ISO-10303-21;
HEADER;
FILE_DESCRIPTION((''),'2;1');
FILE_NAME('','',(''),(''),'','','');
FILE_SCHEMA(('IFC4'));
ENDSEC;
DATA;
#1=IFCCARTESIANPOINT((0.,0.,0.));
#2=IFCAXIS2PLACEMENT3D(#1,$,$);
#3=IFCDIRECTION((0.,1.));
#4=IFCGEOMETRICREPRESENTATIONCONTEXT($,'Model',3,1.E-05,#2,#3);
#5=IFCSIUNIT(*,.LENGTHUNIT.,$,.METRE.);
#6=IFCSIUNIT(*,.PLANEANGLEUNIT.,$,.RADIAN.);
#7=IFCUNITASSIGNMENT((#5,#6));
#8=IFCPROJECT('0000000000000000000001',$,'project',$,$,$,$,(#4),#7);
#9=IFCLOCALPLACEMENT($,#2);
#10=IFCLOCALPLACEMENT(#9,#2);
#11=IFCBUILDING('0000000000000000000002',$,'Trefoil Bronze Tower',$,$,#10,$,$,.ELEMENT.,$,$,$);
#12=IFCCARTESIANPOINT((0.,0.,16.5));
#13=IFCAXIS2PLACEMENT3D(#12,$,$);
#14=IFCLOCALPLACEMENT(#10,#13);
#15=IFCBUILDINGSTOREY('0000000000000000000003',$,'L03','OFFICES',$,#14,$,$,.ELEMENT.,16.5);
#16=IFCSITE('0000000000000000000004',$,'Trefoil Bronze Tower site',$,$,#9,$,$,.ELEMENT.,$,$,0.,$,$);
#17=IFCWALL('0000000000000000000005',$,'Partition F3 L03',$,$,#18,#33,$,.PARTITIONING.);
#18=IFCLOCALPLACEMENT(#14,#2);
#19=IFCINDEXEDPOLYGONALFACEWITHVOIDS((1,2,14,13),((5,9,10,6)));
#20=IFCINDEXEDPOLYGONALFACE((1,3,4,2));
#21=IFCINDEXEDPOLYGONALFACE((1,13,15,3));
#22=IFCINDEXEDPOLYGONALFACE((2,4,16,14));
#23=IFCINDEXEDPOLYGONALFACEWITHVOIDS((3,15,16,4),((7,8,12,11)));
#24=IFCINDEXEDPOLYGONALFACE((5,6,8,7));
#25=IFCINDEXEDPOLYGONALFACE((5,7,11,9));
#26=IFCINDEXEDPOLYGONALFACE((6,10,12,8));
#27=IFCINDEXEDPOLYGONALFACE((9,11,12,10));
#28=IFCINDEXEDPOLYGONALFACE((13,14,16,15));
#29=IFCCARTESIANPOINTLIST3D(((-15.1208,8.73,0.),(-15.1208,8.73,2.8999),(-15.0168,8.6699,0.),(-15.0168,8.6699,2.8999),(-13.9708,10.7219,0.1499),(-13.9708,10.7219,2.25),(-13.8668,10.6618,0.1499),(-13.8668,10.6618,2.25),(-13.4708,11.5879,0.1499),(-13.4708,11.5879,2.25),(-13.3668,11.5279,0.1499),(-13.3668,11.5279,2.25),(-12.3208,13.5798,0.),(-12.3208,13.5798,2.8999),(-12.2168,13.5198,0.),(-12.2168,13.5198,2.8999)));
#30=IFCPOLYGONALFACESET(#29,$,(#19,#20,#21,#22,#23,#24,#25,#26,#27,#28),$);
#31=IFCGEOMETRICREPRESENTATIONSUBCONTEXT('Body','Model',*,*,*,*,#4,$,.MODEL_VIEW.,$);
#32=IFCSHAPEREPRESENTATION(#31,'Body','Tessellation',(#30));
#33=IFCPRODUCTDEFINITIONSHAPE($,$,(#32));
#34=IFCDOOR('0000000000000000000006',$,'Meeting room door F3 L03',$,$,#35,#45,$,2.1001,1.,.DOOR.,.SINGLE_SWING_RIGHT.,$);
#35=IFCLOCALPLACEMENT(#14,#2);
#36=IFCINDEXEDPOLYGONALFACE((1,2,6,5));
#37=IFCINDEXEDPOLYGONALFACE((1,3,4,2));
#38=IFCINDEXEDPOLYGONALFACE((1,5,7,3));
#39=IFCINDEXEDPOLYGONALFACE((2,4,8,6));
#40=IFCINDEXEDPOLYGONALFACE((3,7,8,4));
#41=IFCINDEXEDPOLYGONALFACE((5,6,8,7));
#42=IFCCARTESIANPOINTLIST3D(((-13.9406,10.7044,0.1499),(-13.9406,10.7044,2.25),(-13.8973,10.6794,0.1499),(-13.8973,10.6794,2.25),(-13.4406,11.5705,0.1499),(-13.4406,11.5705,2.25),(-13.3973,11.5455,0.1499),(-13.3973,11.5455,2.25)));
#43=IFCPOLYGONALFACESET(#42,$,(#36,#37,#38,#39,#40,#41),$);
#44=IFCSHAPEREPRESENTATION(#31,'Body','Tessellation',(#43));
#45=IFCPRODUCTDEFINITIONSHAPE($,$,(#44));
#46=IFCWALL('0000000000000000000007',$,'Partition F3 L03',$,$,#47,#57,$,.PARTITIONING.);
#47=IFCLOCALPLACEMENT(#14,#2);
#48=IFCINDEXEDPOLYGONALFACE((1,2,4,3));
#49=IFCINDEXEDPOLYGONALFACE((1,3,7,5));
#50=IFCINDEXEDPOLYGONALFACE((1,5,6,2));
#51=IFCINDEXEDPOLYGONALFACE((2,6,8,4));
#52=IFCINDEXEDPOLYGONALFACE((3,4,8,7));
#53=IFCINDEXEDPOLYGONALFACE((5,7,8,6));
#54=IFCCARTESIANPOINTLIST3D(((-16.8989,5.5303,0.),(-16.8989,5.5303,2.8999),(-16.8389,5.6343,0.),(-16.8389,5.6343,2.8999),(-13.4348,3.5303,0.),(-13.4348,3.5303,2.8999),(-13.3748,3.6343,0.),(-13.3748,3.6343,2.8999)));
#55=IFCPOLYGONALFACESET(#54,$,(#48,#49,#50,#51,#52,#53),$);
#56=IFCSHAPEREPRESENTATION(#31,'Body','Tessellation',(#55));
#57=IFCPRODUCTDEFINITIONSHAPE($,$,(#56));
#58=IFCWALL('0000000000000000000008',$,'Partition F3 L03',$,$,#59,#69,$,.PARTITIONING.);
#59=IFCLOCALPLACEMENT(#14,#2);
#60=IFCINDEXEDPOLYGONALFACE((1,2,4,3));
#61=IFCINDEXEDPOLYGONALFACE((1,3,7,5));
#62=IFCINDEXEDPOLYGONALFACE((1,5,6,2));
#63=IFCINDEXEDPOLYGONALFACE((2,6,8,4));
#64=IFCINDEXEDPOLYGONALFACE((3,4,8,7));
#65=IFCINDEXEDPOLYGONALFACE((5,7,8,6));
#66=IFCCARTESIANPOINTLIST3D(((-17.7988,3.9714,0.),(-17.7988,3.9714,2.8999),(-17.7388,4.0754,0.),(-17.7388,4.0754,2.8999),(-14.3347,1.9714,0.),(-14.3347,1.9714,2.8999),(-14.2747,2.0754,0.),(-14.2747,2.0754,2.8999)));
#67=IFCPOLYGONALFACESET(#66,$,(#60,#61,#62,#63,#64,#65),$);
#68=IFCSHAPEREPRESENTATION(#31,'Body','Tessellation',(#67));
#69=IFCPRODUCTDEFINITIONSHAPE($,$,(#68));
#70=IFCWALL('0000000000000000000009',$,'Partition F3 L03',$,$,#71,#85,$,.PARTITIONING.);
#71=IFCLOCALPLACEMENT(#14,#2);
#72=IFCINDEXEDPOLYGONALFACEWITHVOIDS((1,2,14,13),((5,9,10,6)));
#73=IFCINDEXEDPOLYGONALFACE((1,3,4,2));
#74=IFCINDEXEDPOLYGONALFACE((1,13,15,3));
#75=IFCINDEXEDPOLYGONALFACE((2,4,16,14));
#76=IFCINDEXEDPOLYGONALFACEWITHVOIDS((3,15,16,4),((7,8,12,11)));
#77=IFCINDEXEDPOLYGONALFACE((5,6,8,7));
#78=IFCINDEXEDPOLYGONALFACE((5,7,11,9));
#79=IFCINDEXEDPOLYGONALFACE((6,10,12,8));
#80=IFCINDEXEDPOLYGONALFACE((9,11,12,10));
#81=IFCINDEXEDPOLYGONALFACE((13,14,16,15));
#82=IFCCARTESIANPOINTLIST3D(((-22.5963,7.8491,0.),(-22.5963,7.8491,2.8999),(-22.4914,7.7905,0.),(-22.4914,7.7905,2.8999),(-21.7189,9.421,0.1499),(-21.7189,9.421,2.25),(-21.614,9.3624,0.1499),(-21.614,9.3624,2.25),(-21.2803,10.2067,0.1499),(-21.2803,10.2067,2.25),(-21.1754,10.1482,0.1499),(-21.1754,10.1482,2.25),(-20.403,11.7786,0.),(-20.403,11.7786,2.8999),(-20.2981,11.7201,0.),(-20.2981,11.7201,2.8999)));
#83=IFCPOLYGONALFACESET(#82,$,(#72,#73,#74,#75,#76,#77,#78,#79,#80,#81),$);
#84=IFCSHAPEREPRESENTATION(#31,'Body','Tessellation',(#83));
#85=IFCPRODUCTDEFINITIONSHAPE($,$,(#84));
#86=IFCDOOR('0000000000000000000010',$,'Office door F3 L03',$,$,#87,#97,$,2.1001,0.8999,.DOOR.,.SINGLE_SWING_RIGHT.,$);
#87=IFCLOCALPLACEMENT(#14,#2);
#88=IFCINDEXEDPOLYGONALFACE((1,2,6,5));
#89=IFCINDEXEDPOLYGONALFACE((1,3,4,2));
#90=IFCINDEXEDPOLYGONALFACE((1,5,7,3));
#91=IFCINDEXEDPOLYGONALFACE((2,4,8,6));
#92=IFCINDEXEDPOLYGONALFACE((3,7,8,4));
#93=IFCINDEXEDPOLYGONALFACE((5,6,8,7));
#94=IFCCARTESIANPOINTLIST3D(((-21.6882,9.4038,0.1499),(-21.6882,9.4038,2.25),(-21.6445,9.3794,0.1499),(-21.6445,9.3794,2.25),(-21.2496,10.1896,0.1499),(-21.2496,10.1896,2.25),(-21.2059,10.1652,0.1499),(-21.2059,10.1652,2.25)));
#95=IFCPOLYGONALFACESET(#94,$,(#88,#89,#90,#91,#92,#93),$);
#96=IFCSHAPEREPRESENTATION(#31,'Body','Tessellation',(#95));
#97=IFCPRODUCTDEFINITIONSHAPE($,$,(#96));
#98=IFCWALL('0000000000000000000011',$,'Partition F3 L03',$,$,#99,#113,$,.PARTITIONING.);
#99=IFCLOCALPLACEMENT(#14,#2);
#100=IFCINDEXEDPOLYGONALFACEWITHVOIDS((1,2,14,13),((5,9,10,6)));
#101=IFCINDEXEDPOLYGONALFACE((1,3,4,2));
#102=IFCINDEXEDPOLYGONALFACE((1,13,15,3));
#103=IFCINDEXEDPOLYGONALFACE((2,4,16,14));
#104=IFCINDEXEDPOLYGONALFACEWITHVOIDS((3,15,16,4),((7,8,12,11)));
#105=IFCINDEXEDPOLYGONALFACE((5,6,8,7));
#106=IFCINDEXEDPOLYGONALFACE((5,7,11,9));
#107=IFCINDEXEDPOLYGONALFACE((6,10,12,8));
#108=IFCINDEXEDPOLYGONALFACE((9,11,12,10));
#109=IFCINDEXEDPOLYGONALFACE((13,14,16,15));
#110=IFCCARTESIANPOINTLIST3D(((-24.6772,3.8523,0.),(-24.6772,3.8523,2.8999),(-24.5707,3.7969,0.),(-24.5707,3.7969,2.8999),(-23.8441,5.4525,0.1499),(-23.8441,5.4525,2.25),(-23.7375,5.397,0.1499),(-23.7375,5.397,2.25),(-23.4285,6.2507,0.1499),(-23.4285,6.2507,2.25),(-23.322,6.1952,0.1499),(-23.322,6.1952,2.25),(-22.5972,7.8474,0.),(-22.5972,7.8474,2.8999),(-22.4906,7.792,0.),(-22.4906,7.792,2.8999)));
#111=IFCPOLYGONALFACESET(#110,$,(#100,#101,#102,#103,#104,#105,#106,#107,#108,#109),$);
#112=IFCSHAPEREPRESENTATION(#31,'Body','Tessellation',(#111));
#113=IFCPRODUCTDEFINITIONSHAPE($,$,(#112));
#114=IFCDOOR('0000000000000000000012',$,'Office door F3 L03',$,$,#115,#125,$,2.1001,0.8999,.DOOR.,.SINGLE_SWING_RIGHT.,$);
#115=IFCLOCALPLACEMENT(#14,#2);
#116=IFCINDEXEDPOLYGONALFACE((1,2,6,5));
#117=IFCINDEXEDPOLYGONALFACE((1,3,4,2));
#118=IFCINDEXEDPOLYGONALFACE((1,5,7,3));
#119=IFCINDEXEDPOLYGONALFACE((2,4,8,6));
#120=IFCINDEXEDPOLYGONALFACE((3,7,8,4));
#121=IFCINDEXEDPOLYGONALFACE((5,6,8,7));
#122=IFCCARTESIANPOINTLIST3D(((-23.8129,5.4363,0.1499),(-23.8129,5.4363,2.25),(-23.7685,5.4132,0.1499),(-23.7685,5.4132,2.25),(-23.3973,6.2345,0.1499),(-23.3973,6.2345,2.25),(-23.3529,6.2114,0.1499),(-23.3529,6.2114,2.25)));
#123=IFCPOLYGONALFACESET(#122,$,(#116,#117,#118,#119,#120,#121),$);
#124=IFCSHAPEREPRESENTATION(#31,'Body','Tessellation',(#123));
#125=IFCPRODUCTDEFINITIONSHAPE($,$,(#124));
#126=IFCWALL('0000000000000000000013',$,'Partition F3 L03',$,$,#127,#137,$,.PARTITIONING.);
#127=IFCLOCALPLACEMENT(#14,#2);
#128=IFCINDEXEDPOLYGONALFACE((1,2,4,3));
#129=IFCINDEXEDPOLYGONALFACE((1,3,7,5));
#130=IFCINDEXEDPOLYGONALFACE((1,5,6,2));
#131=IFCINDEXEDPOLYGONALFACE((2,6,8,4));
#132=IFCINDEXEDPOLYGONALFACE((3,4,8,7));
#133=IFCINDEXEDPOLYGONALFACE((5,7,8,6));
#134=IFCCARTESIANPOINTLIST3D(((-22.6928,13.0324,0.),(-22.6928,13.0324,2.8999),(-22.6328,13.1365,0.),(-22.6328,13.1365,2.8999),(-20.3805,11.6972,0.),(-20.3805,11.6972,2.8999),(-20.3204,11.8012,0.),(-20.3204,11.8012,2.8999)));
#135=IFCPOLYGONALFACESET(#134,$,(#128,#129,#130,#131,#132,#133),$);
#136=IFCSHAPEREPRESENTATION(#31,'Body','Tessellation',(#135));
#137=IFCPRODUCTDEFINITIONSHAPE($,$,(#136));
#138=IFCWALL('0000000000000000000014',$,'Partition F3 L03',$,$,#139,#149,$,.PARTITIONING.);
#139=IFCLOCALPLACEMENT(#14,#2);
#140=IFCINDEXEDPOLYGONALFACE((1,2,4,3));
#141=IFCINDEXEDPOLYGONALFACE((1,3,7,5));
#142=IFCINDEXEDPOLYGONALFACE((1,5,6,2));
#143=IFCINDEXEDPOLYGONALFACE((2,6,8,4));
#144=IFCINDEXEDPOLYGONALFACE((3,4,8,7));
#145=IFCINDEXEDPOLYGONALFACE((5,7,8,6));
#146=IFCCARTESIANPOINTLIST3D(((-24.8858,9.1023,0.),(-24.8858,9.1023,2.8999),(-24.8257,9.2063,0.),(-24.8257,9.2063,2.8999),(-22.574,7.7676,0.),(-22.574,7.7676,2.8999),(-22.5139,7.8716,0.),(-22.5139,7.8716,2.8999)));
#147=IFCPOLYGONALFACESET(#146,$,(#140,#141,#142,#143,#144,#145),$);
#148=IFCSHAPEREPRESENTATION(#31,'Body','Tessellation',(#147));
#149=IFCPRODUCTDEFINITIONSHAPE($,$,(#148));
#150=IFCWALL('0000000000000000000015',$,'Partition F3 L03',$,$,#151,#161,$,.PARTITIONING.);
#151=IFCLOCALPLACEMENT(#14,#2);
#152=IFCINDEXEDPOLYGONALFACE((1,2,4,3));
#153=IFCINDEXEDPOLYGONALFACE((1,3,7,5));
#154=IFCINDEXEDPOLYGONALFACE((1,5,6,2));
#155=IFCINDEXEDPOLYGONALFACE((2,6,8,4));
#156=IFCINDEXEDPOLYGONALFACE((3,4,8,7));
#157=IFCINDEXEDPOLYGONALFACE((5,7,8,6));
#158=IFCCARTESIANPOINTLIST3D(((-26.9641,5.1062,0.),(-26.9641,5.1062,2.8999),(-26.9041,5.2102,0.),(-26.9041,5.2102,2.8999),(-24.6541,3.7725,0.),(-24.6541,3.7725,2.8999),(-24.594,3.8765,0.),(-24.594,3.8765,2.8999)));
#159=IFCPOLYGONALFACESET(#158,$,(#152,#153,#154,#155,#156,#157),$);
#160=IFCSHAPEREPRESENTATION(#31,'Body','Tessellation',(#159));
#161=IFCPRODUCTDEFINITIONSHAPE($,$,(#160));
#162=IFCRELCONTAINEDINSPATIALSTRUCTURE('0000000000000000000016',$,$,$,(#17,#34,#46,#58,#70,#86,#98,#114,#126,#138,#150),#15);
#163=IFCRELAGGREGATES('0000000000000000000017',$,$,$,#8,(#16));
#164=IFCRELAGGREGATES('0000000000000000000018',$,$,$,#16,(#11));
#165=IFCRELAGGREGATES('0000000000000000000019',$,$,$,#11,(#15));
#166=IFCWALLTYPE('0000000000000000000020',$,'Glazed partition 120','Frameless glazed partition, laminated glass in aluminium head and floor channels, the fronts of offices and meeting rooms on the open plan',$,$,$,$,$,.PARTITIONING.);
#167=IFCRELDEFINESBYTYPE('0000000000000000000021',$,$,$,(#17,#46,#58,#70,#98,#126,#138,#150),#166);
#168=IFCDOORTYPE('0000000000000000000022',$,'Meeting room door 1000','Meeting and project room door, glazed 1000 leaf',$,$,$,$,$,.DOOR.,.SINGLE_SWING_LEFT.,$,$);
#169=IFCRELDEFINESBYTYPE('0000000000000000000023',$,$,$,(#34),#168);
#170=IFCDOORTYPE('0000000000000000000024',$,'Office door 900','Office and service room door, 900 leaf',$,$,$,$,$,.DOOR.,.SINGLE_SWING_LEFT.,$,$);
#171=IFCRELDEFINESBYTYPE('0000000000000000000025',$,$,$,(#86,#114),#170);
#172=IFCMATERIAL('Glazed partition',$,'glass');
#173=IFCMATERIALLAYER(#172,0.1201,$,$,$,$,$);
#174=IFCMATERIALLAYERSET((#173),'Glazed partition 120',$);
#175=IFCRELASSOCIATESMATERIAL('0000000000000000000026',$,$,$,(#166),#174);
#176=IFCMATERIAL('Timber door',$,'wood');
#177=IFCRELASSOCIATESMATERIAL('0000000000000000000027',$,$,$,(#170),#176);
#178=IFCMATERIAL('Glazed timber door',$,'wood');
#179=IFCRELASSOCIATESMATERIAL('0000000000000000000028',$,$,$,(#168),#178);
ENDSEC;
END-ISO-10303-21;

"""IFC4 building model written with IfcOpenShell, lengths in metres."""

from ifc_helpers import new_model, si_unit, direction, frame, frame_2d, origin, place, context, subcontext, project, spatial, rectangle, extrude, material, layer, layer_set, type_object, element, fill, save


model = new_model("IFC4")

# Units and contexts
model_context = context("Model", 3, precision=1e-05, world=origin(), true_north=direction((0.0, 1.0)))
body_context = subcontext(model_context, "Body", "Model", "MODEL_VIEW")
ifc_project = project(units=[si_unit("LENGTHUNIT", "METRE"), si_unit("PLANEANGLEUNIT", "RADIAN")], contexts=[model_context])

# Site, building, storey
site_placement = place(None, origin())
site = spatial("IfcSite", under=ifc_project, at=site_placement, Name="Trefoil Bronze Tower site", CompositionType="ELEMENT", RefElevation=0.0)
building_placement = place(site_placement, origin())
building = spatial("IfcBuilding", under=site, at=building_placement, Name="Trefoil Bronze Tower", CompositionType="ELEMENT")
storey_placement = place(building_placement, frame((0.0, 0.0, 16.5)))
storey = spatial("IfcBuildingStorey", under=building, at=storey_placement, Name="L03", Description="OFFICES", CompositionType="ELEMENT", Elevation=16.5)

# Wall, opening, door
ifc_material_1 = material(Name="Glazed partition", Category="glass")
ifc_layer_1 = layer(ifc_material_1, 0.1201)
ifc_layer_set_1 = layer_set([ifc_layer_1], Name="Glazed partition 120")
wall_type = type_object("IfcWallType", Name="Glazed partition 120", Description="Frameless glazed partition, laminated glass in aluminium head and floor channels, the fronts of offices and meeting rooms on the open plan", PredefinedType="PARTITIONING", material=ifc_layer_set_1)
ifc_material_2 = material(Name="Timber door", Category="wood")
door_type_1 = type_object("IfcDoorType", Name="Office door 900", Description="Office and service room door, 900 leaf", OperationType="SINGLE_SWING_LEFT", PredefinedType="DOOR", material=ifc_material_2)
ifc_material_3 = material(Name="Glazed timber door", Category="wood")
door_type_2 = type_object("IfcDoorType", Name="Meeting room door 1000", Description="Meeting and project room door, glazed 1000 leaf", OperationType="SINGLE_SWING_LEFT", PredefinedType="DOOR", material=ifc_material_3)
wall_1_placement = place(storey_placement, frame((-12.2688, 13.5498, 0.0), z_axis=(0.0, 0.0, 1.0), x_axis=(-0.499998, -0.866027, 0.0)))
wall_1 = element("IfcWall", 1, at=wall_1_placement, inside=storey, type_object=wall_type, Name="Partition F3 L03", PredefinedType="PARTITIONING", context=body_context, shape_type="SweptSolid", body=[
    extrude(rectangle(XDim=5.6001, YDim=0.1201, at=frame_2d((2.8, 0.0))), origin(), (0.0, 0.0, 1.0), 2.8999),
])
opening_1_placement = place(wall_1_placement, frame((2.3, 0.0, 0.1499)))
opening_1 = element("IfcOpeningElement", 2, at=opening_1_placement, cuts=wall_1, PredefinedType="OPENING", context=body_context, shape_type="SweptSolid", body=[
    extrude(rectangle(XDim=1.0, YDim=2.1001, at=frame_2d((0.5, 1.05))), frame((0.0, 0.0701, 0.0), z_axis=(0.0, -1.0, 0.0), x_axis=(1.0, 0.0, 0.0)), (0.0, 0.0, 1.0), 0.1401),
])
door_1_placement = place(opening_1_placement, origin())
door_1 = element("IfcDoor", 3, at=door_1_placement, inside=storey, type_object=door_type_2, Name="Meeting room door F3 L03", OperationType="SINGLE_SWING_RIGHT", OverallHeight=2.1001, OverallWidth=1.0, PredefinedType="DOOR", context=body_context, shape_type="SweptSolid", body=[
    extrude(rectangle(XDim=1.0, YDim=2.1001, at=frame_2d((0.5, 1.05))), frame((0.0, 0.0249, 0.0), z_axis=(0.0, -1.0, 0.0), x_axis=(1.0, 0.0, 0.0)), (0.0, 0.0, 1.0), 0.05),
])
fill(opening_1, door_1)

# Walls
for number, where, z_axis, x_axis, name in (
    (4, (-13.4048, 3.5823, 0.0), (0.0, 0.0, 1.0), (-0.866026, 0.499999, 0.0), "Partition F3 L03"),
    (5, (-14.3047, 2.0234, 0.0), (0.0, 0.0, 1.0), (-0.866026, 0.499999, 0.0), "Partition F3 L03"),
):
    element("IfcWall", number, at=place(storey_placement, frame(where, z_axis=z_axis, x_axis=x_axis)), inside=storey, type_object=wall_type, Name=name, PredefinedType="PARTITIONING", context=body_context, shape_type="SweptSolid", body=[
        extrude(rectangle(XDim=4.0, YDim=0.1201, at=frame_2d((2.0, 0.0))), origin(), (0.0, 0.0, 1.0), 2.8999),
    ])

# Walls, openings, doors
wall_2_placement = place(storey_placement, frame((-20.3506, 11.7493, 0.0), z_axis=(0.0, 0.0, 1.0), x_axis=(-0.487374, -0.873193, 0.0)))
wall_2 = element("IfcWall", 6, at=wall_2_placement, inside=storey, type_object=wall_type, Name="Partition F3 L03", PredefinedType="PARTITIONING", context=body_context, shape_type="SweptSolid", body=[
    extrude(rectangle(XDim=4.5002, YDim=0.1201, at=frame_2d((2.25, 0.0))), origin(), (0.0, 0.0, 1.0), 2.8999),
])
opening_2_placement = place(wall_2_placement, frame((1.8, 0.0, 0.1499)))
opening_2 = element("IfcOpeningElement", 7, at=opening_2_placement, cuts=wall_2, PredefinedType="OPENING", context=body_context, shape_type="SweptSolid", body=[
    extrude(rectangle(XDim=0.8999, YDim=2.1001, at=frame_2d((0.45, 1.05))), frame((0.0, 0.0701, 0.0), z_axis=(0.0, -1.0, 0.0), x_axis=(1.0, 0.0, 0.0)), (0.0, 0.0, 1.0), 0.1401),
])
door_2_placement = place(opening_2_placement, frame((0.8999, 0.0, 0.0), z_axis=(0.0, 0.0, 1.0), x_axis=(-1.0, 0.0, 0.0)))
door_2 = element("IfcDoor", 8, at=door_2_placement, inside=storey, type_object=door_type_1, Name="Office door F3 L03", OperationType="SINGLE_SWING_RIGHT", OverallHeight=2.1001, OverallWidth=0.8999, PredefinedType="DOOR", context=body_context, shape_type="SweptSolid", body=[
    extrude(rectangle(XDim=0.8999, YDim=2.1001, at=frame_2d((0.45, 1.05))), frame((0.0, 0.0249, 0.0), z_axis=(0.0, -1.0, 0.0), x_axis=(1.0, 0.0, 0.0)), (0.0, 0.0, 1.0), 0.05),
])
fill(opening_2, door_2)
wall_3_placement = place(storey_placement, frame((-22.5439, 7.8196, 0.0), z_axis=(0.0, 0.0, 1.0), x_axis=(-0.46181, -0.886979, 0.0)))
wall_3 = element("IfcWall", 9, at=wall_3_placement, inside=storey, type_object=wall_type, Name="Partition F3 L03", PredefinedType="PARTITIONING", context=body_context, shape_type="SweptSolid", body=[
    extrude(rectangle(XDim=4.5042, YDim=0.1201, at=frame_2d((2.252, 0.0))), origin(), (0.0, 0.0, 1.0), 2.8999),
])
opening_3_placement = place(wall_3_placement, frame((1.8, 0.0, 0.1499)))
opening_3 = element("IfcOpeningElement", 10, at=opening_3_placement, cuts=wall_3, PredefinedType="OPENING", context=body_context, shape_type="SweptSolid", body=[
    extrude(rectangle(XDim=0.8999, YDim=2.1001, at=frame_2d((0.45, 1.05))), frame((0.0, 0.0701, 0.0), z_axis=(0.0, -1.0, 0.0), x_axis=(1.0, 0.0, 0.0)), (0.0, 0.0, 1.0), 0.1401),
])
door_3_placement = place(opening_3_placement, frame((0.8999, 0.0, 0.0), z_axis=(0.0, 0.0, 1.0), x_axis=(-1.0, 0.0, 0.0)))
door_3 = element("IfcDoor", 11, at=door_3_placement, inside=storey, type_object=door_type_1, Name="Office door F3 L03", OperationType="SINGLE_SWING_RIGHT", OverallHeight=2.1001, OverallWidth=0.8999, PredefinedType="DOOR", context=body_context, shape_type="SweptSolid", body=[
    extrude(rectangle(XDim=0.8999, YDim=2.1001, at=frame_2d((0.45, 1.05))), frame((0.0, 0.0249, 0.0), z_axis=(0.0, -1.0, 0.0), x_axis=(1.0, 0.0, 0.0)), (0.0, 0.0, 1.0), 0.05),
])
fill(opening_3, door_3)

# Walls
wall_4_placement = place(storey_placement, frame((-20.3506, 11.7493, 0.0), z_axis=(0.0, 0.0, 1.0), x_axis=(-0.865989, 0.500063, 0.0)))
element("IfcWall", 12, at=wall_4_placement, inside=storey, type_object=wall_type, Name="Partition F3 L03", PredefinedType="PARTITIONING", context=body_context, shape_type="SweptSolid", body=[
    extrude(rectangle(XDim=2.6702, YDim=0.1201, at=frame_2d((1.335, 0.0))), origin(), (0.0, 0.0, 1.0), 2.8999),
])
wall_5_placement = place(storey_placement, frame((-22.5439, 7.8196, 0.0), z_axis=(0.0, 0.0, 1.0), x_axis=(-0.866023, 0.500005, 0.0)))
element("IfcWall", 13, at=wall_5_placement, inside=storey, type_object=wall_type, Name="Partition F3 L03", PredefinedType="PARTITIONING", context=body_context, shape_type="SweptSolid", body=[
    extrude(rectangle(XDim=2.6694, YDim=0.1201, at=frame_2d((1.3347, 0.0))), origin(), (0.0, 0.0, 1.0), 2.8999),
])
wall_6_placement = place(storey_placement, frame((-24.624, 3.8245, 0.0), z_axis=(0.0, 0.0, 1.0), x_axis=(-0.866021, 0.500008, 0.0)))
element("IfcWall", 14, at=wall_6_placement, inside=storey, type_object=wall_type, Name="Partition F3 L03", PredefinedType="PARTITIONING", context=body_context, shape_type="SweptSolid", body=[
    extrude(rectangle(XDim=2.6675, YDim=0.1201, at=frame_2d((1.3337, 0.0))), origin(), (0.0, 0.0, 1.0), 2.8999),
])

save(model, "model.ifc")
